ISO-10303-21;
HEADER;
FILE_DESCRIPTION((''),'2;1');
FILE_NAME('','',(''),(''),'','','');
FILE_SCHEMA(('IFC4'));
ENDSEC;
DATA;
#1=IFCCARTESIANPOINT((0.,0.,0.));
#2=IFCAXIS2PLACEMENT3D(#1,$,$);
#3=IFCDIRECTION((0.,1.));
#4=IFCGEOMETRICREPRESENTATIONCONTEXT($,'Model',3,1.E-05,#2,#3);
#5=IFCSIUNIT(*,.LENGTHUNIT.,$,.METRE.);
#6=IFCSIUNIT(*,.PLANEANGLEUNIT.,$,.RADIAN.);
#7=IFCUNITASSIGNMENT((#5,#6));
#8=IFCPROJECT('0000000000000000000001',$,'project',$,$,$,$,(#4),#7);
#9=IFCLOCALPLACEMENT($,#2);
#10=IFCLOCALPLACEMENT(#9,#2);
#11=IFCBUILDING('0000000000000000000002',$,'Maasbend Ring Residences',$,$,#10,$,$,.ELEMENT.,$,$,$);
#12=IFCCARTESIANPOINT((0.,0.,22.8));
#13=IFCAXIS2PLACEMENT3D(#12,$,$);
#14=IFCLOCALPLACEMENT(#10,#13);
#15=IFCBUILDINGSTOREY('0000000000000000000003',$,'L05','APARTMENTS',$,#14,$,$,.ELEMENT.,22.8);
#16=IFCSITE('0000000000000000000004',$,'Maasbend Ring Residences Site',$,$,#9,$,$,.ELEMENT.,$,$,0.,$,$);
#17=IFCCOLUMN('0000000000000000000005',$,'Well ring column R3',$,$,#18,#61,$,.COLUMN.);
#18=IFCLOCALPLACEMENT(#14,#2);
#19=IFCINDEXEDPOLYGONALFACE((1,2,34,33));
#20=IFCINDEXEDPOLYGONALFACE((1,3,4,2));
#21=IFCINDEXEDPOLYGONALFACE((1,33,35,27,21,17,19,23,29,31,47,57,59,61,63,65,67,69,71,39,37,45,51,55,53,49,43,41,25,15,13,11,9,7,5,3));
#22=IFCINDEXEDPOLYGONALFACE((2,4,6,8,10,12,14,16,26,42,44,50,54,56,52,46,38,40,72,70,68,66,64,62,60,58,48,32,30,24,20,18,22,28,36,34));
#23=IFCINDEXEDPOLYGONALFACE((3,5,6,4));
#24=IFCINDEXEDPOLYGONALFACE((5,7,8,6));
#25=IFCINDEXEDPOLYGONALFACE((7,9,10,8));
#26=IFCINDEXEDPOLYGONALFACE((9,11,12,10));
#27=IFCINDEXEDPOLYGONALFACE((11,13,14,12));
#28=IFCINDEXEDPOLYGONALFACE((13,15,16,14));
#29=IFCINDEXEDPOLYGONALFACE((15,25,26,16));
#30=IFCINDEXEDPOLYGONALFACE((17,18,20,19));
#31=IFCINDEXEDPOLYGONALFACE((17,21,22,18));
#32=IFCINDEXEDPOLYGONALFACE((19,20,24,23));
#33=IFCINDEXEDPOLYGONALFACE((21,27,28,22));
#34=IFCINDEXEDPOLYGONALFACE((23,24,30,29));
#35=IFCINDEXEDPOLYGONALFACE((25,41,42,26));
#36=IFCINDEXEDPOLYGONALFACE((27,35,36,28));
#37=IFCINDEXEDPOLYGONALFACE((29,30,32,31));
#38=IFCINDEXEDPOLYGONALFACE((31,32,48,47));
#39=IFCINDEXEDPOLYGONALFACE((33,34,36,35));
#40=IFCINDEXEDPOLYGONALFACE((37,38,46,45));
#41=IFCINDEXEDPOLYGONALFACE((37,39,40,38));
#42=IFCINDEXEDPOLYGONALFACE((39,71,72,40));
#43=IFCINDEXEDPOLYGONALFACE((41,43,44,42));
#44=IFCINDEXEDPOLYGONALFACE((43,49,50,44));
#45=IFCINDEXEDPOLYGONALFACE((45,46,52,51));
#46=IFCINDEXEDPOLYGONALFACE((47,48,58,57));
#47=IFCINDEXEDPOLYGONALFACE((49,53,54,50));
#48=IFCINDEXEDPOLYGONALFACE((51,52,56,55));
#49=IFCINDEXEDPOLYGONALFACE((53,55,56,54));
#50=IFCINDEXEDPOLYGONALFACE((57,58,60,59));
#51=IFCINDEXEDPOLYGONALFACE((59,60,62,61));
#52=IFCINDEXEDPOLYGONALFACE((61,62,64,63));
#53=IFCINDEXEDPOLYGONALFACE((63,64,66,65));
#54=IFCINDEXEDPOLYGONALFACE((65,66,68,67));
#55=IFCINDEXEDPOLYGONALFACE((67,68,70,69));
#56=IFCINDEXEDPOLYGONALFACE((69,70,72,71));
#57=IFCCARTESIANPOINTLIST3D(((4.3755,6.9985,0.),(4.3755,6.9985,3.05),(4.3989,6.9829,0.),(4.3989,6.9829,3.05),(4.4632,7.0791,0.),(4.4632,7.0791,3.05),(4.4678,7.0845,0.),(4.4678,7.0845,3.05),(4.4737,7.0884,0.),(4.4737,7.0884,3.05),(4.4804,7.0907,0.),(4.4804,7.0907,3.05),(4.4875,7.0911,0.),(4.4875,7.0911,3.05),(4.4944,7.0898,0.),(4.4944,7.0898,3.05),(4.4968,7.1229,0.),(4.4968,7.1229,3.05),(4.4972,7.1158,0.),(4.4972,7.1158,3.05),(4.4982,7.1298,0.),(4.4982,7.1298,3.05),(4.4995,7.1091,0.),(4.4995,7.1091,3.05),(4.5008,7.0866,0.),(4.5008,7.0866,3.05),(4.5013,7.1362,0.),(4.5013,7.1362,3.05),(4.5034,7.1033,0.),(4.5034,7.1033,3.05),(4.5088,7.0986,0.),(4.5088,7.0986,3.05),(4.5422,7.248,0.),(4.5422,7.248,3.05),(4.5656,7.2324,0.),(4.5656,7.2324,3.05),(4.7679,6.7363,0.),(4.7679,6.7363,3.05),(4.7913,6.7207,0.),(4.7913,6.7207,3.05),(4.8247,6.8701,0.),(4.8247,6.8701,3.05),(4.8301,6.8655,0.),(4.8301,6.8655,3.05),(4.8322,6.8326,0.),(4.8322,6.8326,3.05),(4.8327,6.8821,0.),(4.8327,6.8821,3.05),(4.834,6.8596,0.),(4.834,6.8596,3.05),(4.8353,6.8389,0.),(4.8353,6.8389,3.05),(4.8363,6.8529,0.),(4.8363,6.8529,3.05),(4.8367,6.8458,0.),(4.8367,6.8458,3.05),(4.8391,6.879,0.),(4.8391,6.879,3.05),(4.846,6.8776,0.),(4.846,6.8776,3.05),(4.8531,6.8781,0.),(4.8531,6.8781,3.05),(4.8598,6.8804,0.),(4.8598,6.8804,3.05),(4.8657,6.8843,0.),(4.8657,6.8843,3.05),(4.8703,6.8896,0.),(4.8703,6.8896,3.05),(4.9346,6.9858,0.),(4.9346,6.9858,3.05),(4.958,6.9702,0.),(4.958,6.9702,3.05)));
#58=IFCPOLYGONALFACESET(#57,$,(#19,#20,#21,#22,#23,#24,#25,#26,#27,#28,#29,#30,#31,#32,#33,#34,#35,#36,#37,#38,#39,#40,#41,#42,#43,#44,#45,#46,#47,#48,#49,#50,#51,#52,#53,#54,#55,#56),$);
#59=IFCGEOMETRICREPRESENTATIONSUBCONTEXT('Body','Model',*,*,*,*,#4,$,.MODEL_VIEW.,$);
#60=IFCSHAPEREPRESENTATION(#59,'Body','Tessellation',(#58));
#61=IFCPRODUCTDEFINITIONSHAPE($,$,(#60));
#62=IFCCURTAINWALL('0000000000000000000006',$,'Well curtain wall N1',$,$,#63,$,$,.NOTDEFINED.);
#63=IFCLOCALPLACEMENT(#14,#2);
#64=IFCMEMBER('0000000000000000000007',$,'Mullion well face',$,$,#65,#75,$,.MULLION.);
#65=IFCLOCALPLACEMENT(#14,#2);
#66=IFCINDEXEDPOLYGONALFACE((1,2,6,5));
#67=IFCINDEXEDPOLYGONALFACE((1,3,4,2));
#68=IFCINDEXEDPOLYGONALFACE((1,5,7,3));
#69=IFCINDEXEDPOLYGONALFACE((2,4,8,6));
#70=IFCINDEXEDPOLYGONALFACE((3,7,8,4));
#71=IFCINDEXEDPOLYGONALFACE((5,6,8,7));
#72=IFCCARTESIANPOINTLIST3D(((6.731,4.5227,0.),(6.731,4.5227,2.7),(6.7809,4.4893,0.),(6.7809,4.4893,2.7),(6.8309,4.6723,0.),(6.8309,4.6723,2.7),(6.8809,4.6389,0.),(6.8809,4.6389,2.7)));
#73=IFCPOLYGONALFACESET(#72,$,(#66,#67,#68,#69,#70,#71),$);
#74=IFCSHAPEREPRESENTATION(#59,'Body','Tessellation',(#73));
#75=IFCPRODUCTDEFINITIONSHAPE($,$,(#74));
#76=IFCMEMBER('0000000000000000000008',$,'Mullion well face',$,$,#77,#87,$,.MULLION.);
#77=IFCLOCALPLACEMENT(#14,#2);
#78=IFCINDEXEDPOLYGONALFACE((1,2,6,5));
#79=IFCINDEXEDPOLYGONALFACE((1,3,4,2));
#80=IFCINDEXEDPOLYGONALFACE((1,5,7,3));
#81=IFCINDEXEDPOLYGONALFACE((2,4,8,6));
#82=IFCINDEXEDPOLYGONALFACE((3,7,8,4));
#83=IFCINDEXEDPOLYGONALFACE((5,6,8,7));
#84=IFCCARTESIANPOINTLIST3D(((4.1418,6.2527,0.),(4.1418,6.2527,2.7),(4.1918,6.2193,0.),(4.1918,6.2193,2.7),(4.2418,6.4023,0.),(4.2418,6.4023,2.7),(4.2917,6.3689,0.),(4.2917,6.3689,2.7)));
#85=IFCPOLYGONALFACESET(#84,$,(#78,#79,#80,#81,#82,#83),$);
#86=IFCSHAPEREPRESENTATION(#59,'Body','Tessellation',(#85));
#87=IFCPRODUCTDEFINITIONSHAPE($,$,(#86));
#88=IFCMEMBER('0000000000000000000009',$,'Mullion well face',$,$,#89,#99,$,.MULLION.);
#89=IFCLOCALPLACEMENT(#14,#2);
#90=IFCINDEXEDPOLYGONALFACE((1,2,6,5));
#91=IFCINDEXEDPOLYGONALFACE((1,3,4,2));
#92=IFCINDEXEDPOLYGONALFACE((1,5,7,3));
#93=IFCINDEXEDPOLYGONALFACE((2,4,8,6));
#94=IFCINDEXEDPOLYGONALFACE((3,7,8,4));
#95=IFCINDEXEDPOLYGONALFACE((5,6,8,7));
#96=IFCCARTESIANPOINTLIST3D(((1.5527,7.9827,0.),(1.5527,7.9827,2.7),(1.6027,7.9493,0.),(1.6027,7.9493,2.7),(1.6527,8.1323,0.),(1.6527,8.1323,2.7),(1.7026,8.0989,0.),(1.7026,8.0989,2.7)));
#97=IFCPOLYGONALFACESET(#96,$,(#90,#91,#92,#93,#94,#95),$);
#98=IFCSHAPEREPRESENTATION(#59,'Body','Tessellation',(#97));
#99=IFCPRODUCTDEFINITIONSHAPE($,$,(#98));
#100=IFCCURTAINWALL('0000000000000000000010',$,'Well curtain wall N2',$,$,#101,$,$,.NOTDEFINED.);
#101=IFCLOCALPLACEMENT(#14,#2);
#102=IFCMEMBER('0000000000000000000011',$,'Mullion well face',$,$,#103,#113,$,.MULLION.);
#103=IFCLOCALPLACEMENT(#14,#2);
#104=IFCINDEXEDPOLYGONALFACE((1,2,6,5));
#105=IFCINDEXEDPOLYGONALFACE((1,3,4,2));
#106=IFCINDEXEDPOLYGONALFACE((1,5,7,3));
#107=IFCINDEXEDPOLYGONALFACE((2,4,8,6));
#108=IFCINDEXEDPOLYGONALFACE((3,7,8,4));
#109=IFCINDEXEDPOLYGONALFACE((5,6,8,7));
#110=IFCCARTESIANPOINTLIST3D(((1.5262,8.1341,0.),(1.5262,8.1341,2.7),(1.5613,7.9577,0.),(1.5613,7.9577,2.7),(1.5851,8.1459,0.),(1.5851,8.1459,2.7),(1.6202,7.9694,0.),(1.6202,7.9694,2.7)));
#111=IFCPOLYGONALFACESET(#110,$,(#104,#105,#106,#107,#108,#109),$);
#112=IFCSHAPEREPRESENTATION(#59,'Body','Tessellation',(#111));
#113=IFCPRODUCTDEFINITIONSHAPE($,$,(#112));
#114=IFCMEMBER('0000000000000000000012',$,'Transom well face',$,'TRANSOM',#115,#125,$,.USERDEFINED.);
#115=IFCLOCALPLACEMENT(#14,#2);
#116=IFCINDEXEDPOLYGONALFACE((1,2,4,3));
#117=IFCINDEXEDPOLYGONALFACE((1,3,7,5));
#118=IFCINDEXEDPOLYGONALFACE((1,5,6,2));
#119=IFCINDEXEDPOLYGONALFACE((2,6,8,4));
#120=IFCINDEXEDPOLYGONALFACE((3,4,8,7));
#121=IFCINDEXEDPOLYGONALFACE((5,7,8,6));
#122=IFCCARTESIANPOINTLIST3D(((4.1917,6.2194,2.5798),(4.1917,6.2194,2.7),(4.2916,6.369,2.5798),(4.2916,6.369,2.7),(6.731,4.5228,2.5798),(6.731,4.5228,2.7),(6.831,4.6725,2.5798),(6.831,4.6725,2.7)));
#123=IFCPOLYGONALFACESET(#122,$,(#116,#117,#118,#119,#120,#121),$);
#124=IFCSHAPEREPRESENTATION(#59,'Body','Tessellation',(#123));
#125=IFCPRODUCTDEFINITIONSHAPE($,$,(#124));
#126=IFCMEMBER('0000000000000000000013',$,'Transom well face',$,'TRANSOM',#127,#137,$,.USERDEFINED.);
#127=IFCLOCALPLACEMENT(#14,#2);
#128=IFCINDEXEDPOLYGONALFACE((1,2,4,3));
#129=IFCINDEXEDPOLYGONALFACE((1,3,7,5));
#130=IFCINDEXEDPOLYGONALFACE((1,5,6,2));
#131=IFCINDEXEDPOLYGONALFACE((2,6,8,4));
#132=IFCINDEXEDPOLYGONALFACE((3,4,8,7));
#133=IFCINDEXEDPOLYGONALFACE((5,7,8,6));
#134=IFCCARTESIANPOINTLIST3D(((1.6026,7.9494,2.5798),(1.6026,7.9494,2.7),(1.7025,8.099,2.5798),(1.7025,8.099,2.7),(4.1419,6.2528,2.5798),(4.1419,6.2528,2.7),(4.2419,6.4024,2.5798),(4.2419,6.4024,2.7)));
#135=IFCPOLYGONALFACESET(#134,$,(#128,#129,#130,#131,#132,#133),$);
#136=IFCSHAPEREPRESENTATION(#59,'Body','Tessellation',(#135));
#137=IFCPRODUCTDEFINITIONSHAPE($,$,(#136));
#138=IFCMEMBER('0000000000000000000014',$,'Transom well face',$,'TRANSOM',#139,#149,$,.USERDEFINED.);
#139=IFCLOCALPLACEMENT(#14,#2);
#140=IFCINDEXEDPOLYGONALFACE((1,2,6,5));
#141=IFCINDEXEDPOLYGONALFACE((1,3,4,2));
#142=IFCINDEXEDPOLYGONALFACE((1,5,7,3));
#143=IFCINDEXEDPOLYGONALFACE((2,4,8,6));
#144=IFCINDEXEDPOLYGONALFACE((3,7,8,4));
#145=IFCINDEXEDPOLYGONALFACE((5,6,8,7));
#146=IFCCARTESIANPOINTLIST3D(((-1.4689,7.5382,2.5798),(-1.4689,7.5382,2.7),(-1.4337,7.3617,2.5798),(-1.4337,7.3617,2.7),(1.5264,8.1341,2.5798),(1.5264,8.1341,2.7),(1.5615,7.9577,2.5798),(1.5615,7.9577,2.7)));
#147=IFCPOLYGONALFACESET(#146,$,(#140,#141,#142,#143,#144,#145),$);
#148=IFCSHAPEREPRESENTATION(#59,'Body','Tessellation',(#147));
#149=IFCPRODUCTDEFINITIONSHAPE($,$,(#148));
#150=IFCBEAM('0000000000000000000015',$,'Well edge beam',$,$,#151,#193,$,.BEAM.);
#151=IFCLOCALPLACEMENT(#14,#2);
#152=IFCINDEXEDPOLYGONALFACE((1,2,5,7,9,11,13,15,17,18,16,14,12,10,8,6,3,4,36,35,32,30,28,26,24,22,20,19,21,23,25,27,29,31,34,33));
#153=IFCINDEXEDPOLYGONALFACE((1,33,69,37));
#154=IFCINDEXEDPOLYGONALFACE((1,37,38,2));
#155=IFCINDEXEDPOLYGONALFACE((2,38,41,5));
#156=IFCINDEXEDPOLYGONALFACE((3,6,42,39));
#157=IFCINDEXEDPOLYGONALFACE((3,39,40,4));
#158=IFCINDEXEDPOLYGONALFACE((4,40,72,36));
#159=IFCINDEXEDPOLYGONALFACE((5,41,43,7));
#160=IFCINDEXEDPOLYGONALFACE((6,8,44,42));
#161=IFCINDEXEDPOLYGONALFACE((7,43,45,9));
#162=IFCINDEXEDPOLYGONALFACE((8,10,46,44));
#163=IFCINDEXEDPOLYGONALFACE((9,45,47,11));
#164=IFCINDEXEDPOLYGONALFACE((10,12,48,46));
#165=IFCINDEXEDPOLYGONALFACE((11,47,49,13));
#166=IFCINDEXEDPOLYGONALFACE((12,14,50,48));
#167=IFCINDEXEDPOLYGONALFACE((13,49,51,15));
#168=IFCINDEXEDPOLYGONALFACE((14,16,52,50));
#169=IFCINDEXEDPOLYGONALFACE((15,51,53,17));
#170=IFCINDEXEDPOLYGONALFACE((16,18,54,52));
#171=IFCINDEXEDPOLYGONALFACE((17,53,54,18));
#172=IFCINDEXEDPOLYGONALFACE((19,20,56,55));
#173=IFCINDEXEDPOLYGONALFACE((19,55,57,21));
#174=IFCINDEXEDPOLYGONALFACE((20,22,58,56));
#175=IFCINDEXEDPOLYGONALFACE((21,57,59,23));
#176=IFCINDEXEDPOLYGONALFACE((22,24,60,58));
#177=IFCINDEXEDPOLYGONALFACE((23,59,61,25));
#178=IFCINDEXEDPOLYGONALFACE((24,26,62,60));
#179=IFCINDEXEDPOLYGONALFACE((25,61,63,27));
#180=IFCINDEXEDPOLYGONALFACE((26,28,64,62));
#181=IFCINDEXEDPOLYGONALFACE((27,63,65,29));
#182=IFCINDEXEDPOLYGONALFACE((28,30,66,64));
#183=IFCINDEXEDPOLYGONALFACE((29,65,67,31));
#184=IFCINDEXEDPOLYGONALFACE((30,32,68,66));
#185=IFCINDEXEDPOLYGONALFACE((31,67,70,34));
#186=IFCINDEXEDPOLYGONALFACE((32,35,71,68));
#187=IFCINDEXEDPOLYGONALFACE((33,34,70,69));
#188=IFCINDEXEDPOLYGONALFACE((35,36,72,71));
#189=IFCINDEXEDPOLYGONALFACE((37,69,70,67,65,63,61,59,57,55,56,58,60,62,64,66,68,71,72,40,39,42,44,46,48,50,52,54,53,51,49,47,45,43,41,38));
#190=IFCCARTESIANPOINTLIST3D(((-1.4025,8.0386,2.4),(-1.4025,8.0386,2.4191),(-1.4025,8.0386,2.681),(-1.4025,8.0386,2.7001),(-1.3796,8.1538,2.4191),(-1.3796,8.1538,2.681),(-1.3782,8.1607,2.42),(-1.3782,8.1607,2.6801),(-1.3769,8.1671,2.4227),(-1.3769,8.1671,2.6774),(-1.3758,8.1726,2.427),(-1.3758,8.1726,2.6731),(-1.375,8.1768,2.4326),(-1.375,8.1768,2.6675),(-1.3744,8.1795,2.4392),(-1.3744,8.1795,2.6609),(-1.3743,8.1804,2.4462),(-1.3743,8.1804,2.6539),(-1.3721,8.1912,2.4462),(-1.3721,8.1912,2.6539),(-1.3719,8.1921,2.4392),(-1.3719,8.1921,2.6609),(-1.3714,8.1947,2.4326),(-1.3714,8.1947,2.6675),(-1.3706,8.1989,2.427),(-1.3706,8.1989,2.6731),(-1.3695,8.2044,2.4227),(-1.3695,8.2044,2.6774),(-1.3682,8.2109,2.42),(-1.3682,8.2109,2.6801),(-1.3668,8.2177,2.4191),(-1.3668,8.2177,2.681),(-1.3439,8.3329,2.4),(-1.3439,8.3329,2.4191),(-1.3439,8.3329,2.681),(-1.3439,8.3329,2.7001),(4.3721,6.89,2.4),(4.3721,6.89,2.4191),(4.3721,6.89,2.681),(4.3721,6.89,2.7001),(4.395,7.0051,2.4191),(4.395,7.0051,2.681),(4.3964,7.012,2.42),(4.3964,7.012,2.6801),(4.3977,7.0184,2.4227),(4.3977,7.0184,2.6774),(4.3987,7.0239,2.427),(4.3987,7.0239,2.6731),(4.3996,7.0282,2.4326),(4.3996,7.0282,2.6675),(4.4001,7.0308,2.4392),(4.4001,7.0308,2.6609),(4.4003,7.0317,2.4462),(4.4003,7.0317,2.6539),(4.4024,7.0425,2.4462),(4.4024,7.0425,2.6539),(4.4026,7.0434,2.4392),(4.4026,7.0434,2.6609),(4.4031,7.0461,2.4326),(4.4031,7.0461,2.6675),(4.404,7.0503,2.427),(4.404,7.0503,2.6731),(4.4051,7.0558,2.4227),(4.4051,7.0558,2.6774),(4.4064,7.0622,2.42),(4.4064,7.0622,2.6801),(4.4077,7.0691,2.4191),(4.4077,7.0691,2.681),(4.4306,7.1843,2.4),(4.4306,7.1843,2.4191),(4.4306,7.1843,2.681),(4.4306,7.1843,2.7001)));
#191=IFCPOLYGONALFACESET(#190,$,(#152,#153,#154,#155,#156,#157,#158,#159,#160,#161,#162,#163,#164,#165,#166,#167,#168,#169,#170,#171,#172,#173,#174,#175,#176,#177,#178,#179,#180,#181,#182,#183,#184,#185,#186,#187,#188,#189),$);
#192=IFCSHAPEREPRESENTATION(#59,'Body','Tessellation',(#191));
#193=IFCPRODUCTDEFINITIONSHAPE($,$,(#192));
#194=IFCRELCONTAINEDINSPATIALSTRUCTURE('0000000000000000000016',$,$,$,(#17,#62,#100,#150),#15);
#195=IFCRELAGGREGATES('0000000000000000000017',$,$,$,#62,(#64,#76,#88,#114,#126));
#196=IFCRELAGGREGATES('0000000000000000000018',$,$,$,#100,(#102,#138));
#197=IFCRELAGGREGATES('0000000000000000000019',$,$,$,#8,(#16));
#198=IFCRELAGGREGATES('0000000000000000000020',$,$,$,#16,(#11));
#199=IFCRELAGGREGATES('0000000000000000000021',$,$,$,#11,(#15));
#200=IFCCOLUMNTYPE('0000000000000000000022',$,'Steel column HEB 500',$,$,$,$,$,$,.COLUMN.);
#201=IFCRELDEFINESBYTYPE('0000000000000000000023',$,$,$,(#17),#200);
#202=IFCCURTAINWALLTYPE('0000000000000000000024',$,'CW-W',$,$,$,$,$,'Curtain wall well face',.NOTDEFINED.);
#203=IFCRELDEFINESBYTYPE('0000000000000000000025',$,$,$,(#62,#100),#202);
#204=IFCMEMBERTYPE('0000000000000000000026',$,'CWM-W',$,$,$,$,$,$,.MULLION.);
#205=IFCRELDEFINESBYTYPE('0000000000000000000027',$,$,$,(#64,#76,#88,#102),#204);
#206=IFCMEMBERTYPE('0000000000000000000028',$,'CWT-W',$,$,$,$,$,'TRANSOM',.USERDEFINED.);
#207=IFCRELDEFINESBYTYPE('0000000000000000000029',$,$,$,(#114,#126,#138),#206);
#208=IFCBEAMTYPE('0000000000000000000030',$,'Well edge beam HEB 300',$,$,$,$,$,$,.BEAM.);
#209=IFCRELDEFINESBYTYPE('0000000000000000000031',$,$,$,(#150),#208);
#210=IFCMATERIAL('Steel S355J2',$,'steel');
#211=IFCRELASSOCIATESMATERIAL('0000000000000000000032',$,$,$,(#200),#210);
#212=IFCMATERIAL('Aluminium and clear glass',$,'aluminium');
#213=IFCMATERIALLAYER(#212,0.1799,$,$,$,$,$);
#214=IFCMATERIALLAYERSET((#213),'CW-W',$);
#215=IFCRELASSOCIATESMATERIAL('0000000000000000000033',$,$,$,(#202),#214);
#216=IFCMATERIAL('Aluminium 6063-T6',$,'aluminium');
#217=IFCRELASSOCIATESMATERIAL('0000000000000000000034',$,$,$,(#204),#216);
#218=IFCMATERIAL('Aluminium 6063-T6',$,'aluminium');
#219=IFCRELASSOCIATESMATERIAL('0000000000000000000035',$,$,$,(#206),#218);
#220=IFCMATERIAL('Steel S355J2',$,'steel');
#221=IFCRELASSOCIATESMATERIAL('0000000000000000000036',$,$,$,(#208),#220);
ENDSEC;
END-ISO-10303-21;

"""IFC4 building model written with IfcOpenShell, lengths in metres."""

from ifc_helpers import new_model, si_unit, direction, frame, origin, origin_2d, place, context, subcontext, project, spatial, rectangle, i_section, extrude, material, layer, layer_set, material_profile, profile_set, type_object, element, aggregate, save


model = new_model("IFC4")

# Units and contexts
model_context = context("Model", 3, precision=1e-05, world=origin(), true_north=direction((0.0, 1.0)))
body_context = subcontext(model_context, "Body", "Model", "MODEL_VIEW")
ifc_project = project(units=[si_unit("LENGTHUNIT", "METRE"), si_unit("PLANEANGLEUNIT", "RADIAN")], contexts=[model_context])

# Site, building, storey
site_placement = place(None, origin())
site = spatial("IfcSite", under=ifc_project, at=site_placement, Name="Maasbend Ring Residences Site", CompositionType="ELEMENT", RefElevation=0.0)
building_placement = place(site_placement, origin())
building = spatial("IfcBuilding", under=site, at=building_placement, Name="Maasbend Ring Residences", CompositionType="ELEMENT")
storey_placement = place(building_placement, frame((0.0, 0.0, 22.8)))
storey = spatial("IfcBuildingStorey", under=building, at=storey_placement, Name="L05", Description="APARTMENTS", CompositionType="ELEMENT", Elevation=22.8)

# Column
ifc_material_1 = material(Name="Steel S355J2", Category="steel")
ifc_material_profile_1 = material_profile(ifc_material_1, i_section(OverallWidth=0.3, OverallDepth=0.5, WebThickness=0.0144, FlangeThickness=0.0281, FilletRadius=0.0271, at=origin_2d()), Name="HEB 500")
ifc_profile_set_1 = profile_set([ifc_material_profile_1], Name="Steel S355J2")
column_type = type_object("IfcColumnType", Name="Steel column HEB 500", PredefinedType="COLUMN", material=ifc_profile_set_1)
column_placement = place(storey_placement, frame((4.6667, 6.9844, 0.0), z_axis=(0.0, 0.0, 1.0), x_axis=(0.55557, 0.83147, 0.0)))
element("IfcColumn", 1, at=column_placement, inside=storey, type_object=column_type, Name="Well ring column R3", PredefinedType="COLUMN", context=body_context, shape_type="SweptSolid", body=[
    extrude(i_section(OverallWidth=0.3, OverallDepth=0.5, WebThickness=0.0144, FlangeThickness=0.0281, FilletRadius=0.0271, at=origin_2d()), origin(), (0.0, 0.0, 1.0), 3.05),
])

# Curtain wall, members
ifc_material_2 = material(Name="Aluminium and clear glass", Category="aluminium")
ifc_layer_1 = layer(ifc_material_2, 0.1799)
ifc_layer_set_1 = layer_set([ifc_layer_1], Name="CW-W")
curtain_wall_type = type_object("IfcCurtainWallType", Name="CW-W", ElementType="Curtain wall well face", PredefinedType="NOTDEFINED", material=ifc_layer_set_1)
curtain_wall_1_placement = place(storey_placement, origin())
curtain_wall_1 = element("IfcCurtainWall", 2, at=curtain_wall_1_placement, inside=storey, type_object=curtain_wall_type, Name="Well curtain wall N1", PredefinedType="NOTDEFINED")
ifc_material_3 = material(Name="Aluminium 6063-T6", Category="aluminium")
ifc_material_profile_2 = material_profile(ifc_material_3, rectangle(XDim=0.1799, YDim=0.0601, at=origin_2d()), Name="AL 180x60")
ifc_profile_set_2 = profile_set([ifc_material_profile_2], Name="Aluminium 6063-T6")
member_type_1 = type_object("IfcMemberType", Name="CWM-W", PredefinedType="MULLION", material=ifc_profile_set_2)
member_1_placement = place(storey_placement, frame((6.8059, 4.5808, 0.0), z_axis=(0.0, 0.0, 1.0), x_axis=(-0.55557, -0.83147, 0.0)))
member_1 = element("IfcMember", 3, at=member_1_placement, type_object=member_type_1, Name="Mullion well face", PredefinedType="MULLION", context=body_context, shape_type="SweptSolid", body=[
    extrude(rectangle(XDim=0.1799, YDim=0.0601, at=origin_2d()), origin(), (0.0, 0.0, 1.0), 2.7),
])
member_2_placement = place(storey_placement, frame((4.2168, 6.3108, 0.0), z_axis=(0.0, 0.0, 1.0), x_axis=(-0.55557, -0.83147, 0.0)))
member_2 = element("IfcMember", 4, at=member_2_placement, type_object=member_type_1, Name="Mullion well face", PredefinedType="MULLION", context=body_context, shape_type="SweptSolid", body=[
    extrude(rectangle(XDim=0.1799, YDim=0.0601, at=origin_2d()), origin(), (0.0, 0.0, 1.0), 2.7),
])
member_3_placement = place(storey_placement, frame((1.6277, 8.0408, 0.0), z_axis=(0.0, 0.0, 1.0), x_axis=(-0.55557, -0.83147, 0.0)))
member_3 = element("IfcMember", 5, at=member_3_placement, type_object=member_type_1, Name="Mullion well face", PredefinedType="MULLION", context=body_context, shape_type="SweptSolid", body=[
    extrude(rectangle(XDim=0.1799, YDim=0.0601, at=origin_2d()), origin(), (0.0, 0.0, 1.0), 2.7),
])

# Curtain wall, member
curtain_wall_2_placement = place(storey_placement, origin())
curtain_wall_2 = element("IfcCurtainWall", 6, at=curtain_wall_2_placement, inside=storey, type_object=curtain_wall_type, Name="Well curtain wall N2", PredefinedType="NOTDEFINED")
member_4_placement = place(storey_placement, frame((1.5732, 8.0518, 0.0), z_axis=(0.0, 0.0, 1.0), x_axis=(0.19509, -0.980785, 0.0)))
member_4 = element("IfcMember", 7, at=member_4_placement, type_object=member_type_1, Name="Mullion well face", PredefinedType="MULLION", context=body_context, shape_type="SweptSolid", body=[
    extrude(rectangle(XDim=0.1799, YDim=0.0601, at=origin_2d()), origin(), (0.0, 0.0, 1.0), 2.7),
])

# Members
ifc_material_4 = material(Name="Aluminium 6063-T6", Category="aluminium")
ifc_material_profile_3 = material_profile(ifc_material_4, rectangle(XDim=0.1799, YDim=0.1201, at=origin_2d()), Name="AL 180x120")
ifc_profile_set_3 = profile_set([ifc_material_profile_3], Name="Aluminium 6063-T6")
member_type_2 = type_object("IfcMemberType", Name="CWT-W", ElementType="TRANSOM", PredefinedType="USERDEFINED", material=ifc_profile_set_3)
member_5_placement = place(storey_placement, frame((6.781, 4.5977, 2.6399), z_axis=(-0.831496, 0.55553, 0.0), x_axis=(-0.55553, -0.831496, 0.0)))
member_5 = element("IfcMember", 8, at=member_5_placement, type_object=member_type_2, Name="Transom well face", ObjectType="TRANSOM", PredefinedType="USERDEFINED", context=body_context, shape_type="SweptSolid", body=[
    extrude(rectangle(XDim=0.1799, YDim=0.1201, at=origin_2d()), origin(), (0.0, 0.0, 1.0), 3.054),
])
member_6_placement = place(storey_placement, frame((4.1919, 6.3276, 2.6399), z_axis=(-0.831496, 0.55553, 0.0), x_axis=(-0.55553, -0.831496, 0.0)))
member_6 = element("IfcMember", 9, at=member_6_placement, type_object=member_type_2, Name="Transom well face", ObjectType="TRANSOM", PredefinedType="USERDEFINED", context=body_context, shape_type="SweptSolid", body=[
    extrude(rectangle(XDim=0.1799, YDim=0.1201, at=origin_2d()), origin(), (0.0, 0.0, 1.0), 3.054),
])
member_7_placement = place(storey_placement, frame((1.5439, 8.0459, 2.6399), z_axis=(-0.980777, -0.195132, 0.0), x_axis=(0.195132, -0.980777, 0.0)))
member_7 = element("IfcMember", 10, at=member_7_placement, type_object=member_type_2, Name="Transom well face", ObjectType="TRANSOM", PredefinedType="USERDEFINED", context=body_context, shape_type="SweptSolid", body=[
    extrude(rectangle(XDim=0.1799, YDim=0.1201, at=origin_2d()), origin(), (0.0, 0.0, 1.0), 3.054),
])

# Beam
ifc_material_5 = material(Name="Steel S355J2", Category="steel")
ifc_material_profile_4 = material_profile(ifc_material_5, i_section(OverallWidth=0.3, OverallDepth=0.3, WebThickness=0.011, FlangeThickness=0.019, FilletRadius=0.0271, at=origin_2d()), Name="HEB 300")
ifc_profile_set_4 = profile_set([ifc_material_profile_4], Name="Steel S355J2")
beam_type = type_object("IfcBeamType", Name="Well edge beam HEB 300", PredefinedType="BEAM", material=ifc_profile_set_4)
beam_placement = place(storey_placement, frame((4.4014, 7.0371, 2.55), z_axis=(-0.980784, 0.195095, 0.0), x_axis=(-0.195095, -0.980784, 0.0)))
element("IfcBeam", 11, at=beam_placement, inside=storey, type_object=beam_type, Name="Well edge beam", PredefinedType="BEAM", context=body_context, shape_type="SweptSolid", body=[
    extrude(i_section(OverallWidth=0.3, OverallDepth=0.3, WebThickness=0.011, FlangeThickness=0.019, FilletRadius=0.0271, at=origin_2d()), origin(), (0.0, 0.0, 1.0), 5.8877),
])

aggregate(curtain_wall_1, [member_1, member_2, member_3, member_5, member_6])
aggregate(curtain_wall_2, [member_4, member_7])

save(model, "model.ifc")
